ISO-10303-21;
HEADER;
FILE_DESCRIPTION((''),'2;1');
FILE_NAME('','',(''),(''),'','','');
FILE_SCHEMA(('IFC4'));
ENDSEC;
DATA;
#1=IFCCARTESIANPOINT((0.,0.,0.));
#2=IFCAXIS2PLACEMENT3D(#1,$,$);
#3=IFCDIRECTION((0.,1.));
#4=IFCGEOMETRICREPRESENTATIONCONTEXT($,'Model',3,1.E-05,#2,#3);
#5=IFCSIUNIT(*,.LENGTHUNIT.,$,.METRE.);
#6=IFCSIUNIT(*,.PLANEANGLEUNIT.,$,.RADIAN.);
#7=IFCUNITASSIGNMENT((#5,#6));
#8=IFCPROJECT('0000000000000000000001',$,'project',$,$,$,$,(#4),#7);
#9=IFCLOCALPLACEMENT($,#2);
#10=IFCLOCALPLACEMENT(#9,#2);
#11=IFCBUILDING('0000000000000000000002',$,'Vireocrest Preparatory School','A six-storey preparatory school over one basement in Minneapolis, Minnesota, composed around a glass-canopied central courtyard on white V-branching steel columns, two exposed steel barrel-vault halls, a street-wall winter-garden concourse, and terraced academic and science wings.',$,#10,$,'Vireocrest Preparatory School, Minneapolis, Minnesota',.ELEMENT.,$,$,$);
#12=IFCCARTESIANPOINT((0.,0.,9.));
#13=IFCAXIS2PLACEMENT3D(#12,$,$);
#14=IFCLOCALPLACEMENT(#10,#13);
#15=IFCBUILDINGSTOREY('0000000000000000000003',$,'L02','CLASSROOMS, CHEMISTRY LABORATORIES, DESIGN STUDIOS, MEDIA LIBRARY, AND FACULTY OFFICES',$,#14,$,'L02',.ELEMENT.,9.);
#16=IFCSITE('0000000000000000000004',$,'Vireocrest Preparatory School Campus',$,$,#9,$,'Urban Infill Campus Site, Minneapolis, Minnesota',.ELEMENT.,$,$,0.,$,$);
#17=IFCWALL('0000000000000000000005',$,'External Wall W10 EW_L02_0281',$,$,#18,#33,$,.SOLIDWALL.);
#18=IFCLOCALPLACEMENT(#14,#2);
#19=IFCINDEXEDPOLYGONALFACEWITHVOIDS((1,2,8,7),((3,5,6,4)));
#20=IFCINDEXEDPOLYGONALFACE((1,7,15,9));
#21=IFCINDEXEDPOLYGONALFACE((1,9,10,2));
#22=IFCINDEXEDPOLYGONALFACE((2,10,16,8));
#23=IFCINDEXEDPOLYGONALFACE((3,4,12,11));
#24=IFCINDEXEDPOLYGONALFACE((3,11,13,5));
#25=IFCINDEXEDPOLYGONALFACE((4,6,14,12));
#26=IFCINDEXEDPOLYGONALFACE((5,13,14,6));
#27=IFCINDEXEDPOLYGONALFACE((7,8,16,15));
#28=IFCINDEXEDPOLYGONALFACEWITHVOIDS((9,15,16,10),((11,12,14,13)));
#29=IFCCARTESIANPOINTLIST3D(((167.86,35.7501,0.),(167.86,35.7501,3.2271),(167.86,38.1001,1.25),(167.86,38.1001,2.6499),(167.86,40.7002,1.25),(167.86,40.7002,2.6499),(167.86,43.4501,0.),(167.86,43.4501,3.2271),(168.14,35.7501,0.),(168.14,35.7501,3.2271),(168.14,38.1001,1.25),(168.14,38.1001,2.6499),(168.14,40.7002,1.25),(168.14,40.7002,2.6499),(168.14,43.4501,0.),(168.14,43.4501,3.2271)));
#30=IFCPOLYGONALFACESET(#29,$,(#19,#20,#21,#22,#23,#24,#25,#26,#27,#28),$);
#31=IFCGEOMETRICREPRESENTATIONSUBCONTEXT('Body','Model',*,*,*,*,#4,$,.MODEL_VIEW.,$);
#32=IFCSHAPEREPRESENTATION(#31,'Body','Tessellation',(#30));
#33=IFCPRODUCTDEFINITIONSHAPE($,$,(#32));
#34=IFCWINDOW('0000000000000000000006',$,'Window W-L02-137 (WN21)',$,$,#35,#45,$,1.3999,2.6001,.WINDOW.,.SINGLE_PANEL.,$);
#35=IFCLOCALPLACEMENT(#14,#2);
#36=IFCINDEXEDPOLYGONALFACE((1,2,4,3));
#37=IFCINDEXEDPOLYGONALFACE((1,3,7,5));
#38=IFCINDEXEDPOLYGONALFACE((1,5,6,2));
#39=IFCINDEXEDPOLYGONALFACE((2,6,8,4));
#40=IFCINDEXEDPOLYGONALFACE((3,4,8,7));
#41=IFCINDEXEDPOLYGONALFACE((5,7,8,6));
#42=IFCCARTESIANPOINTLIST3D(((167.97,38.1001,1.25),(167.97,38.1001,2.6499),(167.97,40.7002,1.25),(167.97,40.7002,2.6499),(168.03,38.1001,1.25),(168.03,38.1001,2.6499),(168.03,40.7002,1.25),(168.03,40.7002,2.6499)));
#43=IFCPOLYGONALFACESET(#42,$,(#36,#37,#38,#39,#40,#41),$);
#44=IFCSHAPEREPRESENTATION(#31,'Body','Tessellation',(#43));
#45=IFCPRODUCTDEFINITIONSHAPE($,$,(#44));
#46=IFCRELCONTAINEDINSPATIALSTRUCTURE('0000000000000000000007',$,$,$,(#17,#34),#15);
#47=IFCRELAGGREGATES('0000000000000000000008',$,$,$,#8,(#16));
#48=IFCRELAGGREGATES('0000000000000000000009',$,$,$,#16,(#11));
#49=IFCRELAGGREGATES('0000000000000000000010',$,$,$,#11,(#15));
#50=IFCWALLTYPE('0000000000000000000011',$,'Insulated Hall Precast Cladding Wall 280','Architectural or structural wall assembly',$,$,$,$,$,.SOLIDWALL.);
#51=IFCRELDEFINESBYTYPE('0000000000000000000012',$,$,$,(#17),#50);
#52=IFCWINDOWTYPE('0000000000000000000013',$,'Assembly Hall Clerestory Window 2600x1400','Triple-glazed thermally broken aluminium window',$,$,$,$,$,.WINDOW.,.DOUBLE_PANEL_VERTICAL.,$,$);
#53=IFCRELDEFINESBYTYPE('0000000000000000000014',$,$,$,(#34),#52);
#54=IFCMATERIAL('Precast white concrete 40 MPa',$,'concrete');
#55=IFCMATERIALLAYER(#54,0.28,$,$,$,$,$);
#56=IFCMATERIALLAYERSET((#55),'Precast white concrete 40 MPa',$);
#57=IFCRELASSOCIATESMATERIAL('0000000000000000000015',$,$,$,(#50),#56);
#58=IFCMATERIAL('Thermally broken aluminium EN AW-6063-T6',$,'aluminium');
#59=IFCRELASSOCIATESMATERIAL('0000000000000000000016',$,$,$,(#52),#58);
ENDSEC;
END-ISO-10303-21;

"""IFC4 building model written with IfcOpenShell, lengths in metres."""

from ifc_helpers import new_model, si_unit, direction, frame, frame_2d, origin, place, context, subcontext, project, spatial, rectangle, extrude, material, layer, layer_set, type_object, element, fill, save


model = new_model("IFC4")

# Units and contexts
model_context = context("Model", 3, precision=1e-05, world=origin(), true_north=direction((0.0, 1.0)))
body_context = subcontext(model_context, "Body", "Model", "MODEL_VIEW")
ifc_project = project(units=[si_unit("LENGTHUNIT", "METRE"), si_unit("PLANEANGLEUNIT", "RADIAN")], contexts=[model_context])

# Site, building, storey
site_placement = place(None, origin())
site = spatial("IfcSite", under=ifc_project, at=site_placement, Name="Vireocrest Preparatory School Campus", LongName="Urban Infill Campus Site, Minneapolis, Minnesota", CompositionType="ELEMENT", RefElevation=0.0)
building_placement = place(site_placement, origin())
building = spatial("IfcBuilding", under=site, at=building_placement, Name="Vireocrest Preparatory School", Description="A six-storey preparatory school over one basement in Minneapolis, Minnesota, composed around a glass-canopied central courtyard on white V-branching steel columns, two exposed steel barrel-vault halls, a street-wall winter-garden concourse, and terraced academic and science wings.", LongName="Vireocrest Preparatory School, Minneapolis, Minnesota", CompositionType="ELEMENT")
storey_placement = place(building_placement, frame((0.0, 0.0, 9.0)))
storey = spatial("IfcBuildingStorey", under=building, at=storey_placement, Name="L02", Description="CLASSROOMS, CHEMISTRY LABORATORIES, DESIGN STUDIOS, MEDIA LIBRARY, AND FACULTY OFFICES", LongName="L02", CompositionType="ELEMENT", Elevation=9.0)

# Shared definitions
ifc_material_1 = material(Name="Thermally broken aluminium EN AW-6063-T6", Category="aluminium")

# Wall, opening, window
ifc_material_2 = material(Name="Precast white concrete 40 MPa", Category="concrete")
ifc_layer_1 = layer(ifc_material_2, 0.28)
ifc_layer_set_1 = layer_set([ifc_layer_1], Name="Precast white concrete 40 MPa")
wall_type = type_object("IfcWallType", Name="Insulated Hall Precast Cladding Wall 280", Description="Architectural or structural wall assembly", PredefinedType="SOLIDWALL", material=ifc_layer_set_1)
window_type = type_object("IfcWindowType", Name="Assembly Hall Clerestory Window 2600x1400", Description="Triple-glazed thermally broken aluminium window", PartitioningType="DOUBLE_PANEL_VERTICAL", PredefinedType="WINDOW", material=ifc_material_1)
wall_1_placement = place(storey_placement, frame((168.0, 35.75, 0.0), z_axis=(0.0, 0.0, 1.0), x_axis=(0.0, 1.0, 0.0)))
wall_1 = element("IfcWall", 1, at=wall_1_placement, inside=storey, type_object=wall_type, Name="External Wall W10 EW_L02_0281", PredefinedType="SOLIDWALL", context=body_context, shape_type="SweptSolid", body=[
    extrude(rectangle(XDim=7.7, YDim=0.28, at=frame_2d((3.8501, 0.0))), origin(), (0.0, 0.0, 1.0), 3.2271),
])
opening_1_placement = place(wall_1_placement, frame((2.3501, 0.0, 1.25)))
opening_1 = element("IfcOpeningElement", 2, at=opening_1_placement, cuts=wall_1, PredefinedType="OPENING", context=body_context, shape_type="SweptSolid", body=[
    extrude(rectangle(XDim=2.6001, YDim=1.3999, at=frame_2d((1.3, 0.7))), frame((0.0, 0.1499, 0.0), z_axis=(0.0, -1.0, 0.0), x_axis=(1.0, 0.0, 0.0)), (0.0, 0.0, 1.0), 0.3),
])
window_1_placement = place(opening_1_placement, origin())
window_1 = element("IfcWindow", 3, at=window_1_placement, inside=storey, type_object=window_type, Name="Window W-L02-137 (WN21)", OverallHeight=1.3999, OverallWidth=2.6001, PartitioningType="SINGLE_PANEL", PredefinedType="WINDOW", context=body_context, shape_type="SweptSolid", body=[
    extrude(rectangle(XDim=2.6001, YDim=1.3999, at=frame_2d((1.3, 0.7))), frame((0.0, 0.03, 0.0), z_axis=(0.0, -1.0, 0.0), x_axis=(1.0, 0.0, 0.0)), (0.0, 0.0, 1.0), 0.0601),
])
fill(opening_1, window_1)

save(model, "model.ifc")
